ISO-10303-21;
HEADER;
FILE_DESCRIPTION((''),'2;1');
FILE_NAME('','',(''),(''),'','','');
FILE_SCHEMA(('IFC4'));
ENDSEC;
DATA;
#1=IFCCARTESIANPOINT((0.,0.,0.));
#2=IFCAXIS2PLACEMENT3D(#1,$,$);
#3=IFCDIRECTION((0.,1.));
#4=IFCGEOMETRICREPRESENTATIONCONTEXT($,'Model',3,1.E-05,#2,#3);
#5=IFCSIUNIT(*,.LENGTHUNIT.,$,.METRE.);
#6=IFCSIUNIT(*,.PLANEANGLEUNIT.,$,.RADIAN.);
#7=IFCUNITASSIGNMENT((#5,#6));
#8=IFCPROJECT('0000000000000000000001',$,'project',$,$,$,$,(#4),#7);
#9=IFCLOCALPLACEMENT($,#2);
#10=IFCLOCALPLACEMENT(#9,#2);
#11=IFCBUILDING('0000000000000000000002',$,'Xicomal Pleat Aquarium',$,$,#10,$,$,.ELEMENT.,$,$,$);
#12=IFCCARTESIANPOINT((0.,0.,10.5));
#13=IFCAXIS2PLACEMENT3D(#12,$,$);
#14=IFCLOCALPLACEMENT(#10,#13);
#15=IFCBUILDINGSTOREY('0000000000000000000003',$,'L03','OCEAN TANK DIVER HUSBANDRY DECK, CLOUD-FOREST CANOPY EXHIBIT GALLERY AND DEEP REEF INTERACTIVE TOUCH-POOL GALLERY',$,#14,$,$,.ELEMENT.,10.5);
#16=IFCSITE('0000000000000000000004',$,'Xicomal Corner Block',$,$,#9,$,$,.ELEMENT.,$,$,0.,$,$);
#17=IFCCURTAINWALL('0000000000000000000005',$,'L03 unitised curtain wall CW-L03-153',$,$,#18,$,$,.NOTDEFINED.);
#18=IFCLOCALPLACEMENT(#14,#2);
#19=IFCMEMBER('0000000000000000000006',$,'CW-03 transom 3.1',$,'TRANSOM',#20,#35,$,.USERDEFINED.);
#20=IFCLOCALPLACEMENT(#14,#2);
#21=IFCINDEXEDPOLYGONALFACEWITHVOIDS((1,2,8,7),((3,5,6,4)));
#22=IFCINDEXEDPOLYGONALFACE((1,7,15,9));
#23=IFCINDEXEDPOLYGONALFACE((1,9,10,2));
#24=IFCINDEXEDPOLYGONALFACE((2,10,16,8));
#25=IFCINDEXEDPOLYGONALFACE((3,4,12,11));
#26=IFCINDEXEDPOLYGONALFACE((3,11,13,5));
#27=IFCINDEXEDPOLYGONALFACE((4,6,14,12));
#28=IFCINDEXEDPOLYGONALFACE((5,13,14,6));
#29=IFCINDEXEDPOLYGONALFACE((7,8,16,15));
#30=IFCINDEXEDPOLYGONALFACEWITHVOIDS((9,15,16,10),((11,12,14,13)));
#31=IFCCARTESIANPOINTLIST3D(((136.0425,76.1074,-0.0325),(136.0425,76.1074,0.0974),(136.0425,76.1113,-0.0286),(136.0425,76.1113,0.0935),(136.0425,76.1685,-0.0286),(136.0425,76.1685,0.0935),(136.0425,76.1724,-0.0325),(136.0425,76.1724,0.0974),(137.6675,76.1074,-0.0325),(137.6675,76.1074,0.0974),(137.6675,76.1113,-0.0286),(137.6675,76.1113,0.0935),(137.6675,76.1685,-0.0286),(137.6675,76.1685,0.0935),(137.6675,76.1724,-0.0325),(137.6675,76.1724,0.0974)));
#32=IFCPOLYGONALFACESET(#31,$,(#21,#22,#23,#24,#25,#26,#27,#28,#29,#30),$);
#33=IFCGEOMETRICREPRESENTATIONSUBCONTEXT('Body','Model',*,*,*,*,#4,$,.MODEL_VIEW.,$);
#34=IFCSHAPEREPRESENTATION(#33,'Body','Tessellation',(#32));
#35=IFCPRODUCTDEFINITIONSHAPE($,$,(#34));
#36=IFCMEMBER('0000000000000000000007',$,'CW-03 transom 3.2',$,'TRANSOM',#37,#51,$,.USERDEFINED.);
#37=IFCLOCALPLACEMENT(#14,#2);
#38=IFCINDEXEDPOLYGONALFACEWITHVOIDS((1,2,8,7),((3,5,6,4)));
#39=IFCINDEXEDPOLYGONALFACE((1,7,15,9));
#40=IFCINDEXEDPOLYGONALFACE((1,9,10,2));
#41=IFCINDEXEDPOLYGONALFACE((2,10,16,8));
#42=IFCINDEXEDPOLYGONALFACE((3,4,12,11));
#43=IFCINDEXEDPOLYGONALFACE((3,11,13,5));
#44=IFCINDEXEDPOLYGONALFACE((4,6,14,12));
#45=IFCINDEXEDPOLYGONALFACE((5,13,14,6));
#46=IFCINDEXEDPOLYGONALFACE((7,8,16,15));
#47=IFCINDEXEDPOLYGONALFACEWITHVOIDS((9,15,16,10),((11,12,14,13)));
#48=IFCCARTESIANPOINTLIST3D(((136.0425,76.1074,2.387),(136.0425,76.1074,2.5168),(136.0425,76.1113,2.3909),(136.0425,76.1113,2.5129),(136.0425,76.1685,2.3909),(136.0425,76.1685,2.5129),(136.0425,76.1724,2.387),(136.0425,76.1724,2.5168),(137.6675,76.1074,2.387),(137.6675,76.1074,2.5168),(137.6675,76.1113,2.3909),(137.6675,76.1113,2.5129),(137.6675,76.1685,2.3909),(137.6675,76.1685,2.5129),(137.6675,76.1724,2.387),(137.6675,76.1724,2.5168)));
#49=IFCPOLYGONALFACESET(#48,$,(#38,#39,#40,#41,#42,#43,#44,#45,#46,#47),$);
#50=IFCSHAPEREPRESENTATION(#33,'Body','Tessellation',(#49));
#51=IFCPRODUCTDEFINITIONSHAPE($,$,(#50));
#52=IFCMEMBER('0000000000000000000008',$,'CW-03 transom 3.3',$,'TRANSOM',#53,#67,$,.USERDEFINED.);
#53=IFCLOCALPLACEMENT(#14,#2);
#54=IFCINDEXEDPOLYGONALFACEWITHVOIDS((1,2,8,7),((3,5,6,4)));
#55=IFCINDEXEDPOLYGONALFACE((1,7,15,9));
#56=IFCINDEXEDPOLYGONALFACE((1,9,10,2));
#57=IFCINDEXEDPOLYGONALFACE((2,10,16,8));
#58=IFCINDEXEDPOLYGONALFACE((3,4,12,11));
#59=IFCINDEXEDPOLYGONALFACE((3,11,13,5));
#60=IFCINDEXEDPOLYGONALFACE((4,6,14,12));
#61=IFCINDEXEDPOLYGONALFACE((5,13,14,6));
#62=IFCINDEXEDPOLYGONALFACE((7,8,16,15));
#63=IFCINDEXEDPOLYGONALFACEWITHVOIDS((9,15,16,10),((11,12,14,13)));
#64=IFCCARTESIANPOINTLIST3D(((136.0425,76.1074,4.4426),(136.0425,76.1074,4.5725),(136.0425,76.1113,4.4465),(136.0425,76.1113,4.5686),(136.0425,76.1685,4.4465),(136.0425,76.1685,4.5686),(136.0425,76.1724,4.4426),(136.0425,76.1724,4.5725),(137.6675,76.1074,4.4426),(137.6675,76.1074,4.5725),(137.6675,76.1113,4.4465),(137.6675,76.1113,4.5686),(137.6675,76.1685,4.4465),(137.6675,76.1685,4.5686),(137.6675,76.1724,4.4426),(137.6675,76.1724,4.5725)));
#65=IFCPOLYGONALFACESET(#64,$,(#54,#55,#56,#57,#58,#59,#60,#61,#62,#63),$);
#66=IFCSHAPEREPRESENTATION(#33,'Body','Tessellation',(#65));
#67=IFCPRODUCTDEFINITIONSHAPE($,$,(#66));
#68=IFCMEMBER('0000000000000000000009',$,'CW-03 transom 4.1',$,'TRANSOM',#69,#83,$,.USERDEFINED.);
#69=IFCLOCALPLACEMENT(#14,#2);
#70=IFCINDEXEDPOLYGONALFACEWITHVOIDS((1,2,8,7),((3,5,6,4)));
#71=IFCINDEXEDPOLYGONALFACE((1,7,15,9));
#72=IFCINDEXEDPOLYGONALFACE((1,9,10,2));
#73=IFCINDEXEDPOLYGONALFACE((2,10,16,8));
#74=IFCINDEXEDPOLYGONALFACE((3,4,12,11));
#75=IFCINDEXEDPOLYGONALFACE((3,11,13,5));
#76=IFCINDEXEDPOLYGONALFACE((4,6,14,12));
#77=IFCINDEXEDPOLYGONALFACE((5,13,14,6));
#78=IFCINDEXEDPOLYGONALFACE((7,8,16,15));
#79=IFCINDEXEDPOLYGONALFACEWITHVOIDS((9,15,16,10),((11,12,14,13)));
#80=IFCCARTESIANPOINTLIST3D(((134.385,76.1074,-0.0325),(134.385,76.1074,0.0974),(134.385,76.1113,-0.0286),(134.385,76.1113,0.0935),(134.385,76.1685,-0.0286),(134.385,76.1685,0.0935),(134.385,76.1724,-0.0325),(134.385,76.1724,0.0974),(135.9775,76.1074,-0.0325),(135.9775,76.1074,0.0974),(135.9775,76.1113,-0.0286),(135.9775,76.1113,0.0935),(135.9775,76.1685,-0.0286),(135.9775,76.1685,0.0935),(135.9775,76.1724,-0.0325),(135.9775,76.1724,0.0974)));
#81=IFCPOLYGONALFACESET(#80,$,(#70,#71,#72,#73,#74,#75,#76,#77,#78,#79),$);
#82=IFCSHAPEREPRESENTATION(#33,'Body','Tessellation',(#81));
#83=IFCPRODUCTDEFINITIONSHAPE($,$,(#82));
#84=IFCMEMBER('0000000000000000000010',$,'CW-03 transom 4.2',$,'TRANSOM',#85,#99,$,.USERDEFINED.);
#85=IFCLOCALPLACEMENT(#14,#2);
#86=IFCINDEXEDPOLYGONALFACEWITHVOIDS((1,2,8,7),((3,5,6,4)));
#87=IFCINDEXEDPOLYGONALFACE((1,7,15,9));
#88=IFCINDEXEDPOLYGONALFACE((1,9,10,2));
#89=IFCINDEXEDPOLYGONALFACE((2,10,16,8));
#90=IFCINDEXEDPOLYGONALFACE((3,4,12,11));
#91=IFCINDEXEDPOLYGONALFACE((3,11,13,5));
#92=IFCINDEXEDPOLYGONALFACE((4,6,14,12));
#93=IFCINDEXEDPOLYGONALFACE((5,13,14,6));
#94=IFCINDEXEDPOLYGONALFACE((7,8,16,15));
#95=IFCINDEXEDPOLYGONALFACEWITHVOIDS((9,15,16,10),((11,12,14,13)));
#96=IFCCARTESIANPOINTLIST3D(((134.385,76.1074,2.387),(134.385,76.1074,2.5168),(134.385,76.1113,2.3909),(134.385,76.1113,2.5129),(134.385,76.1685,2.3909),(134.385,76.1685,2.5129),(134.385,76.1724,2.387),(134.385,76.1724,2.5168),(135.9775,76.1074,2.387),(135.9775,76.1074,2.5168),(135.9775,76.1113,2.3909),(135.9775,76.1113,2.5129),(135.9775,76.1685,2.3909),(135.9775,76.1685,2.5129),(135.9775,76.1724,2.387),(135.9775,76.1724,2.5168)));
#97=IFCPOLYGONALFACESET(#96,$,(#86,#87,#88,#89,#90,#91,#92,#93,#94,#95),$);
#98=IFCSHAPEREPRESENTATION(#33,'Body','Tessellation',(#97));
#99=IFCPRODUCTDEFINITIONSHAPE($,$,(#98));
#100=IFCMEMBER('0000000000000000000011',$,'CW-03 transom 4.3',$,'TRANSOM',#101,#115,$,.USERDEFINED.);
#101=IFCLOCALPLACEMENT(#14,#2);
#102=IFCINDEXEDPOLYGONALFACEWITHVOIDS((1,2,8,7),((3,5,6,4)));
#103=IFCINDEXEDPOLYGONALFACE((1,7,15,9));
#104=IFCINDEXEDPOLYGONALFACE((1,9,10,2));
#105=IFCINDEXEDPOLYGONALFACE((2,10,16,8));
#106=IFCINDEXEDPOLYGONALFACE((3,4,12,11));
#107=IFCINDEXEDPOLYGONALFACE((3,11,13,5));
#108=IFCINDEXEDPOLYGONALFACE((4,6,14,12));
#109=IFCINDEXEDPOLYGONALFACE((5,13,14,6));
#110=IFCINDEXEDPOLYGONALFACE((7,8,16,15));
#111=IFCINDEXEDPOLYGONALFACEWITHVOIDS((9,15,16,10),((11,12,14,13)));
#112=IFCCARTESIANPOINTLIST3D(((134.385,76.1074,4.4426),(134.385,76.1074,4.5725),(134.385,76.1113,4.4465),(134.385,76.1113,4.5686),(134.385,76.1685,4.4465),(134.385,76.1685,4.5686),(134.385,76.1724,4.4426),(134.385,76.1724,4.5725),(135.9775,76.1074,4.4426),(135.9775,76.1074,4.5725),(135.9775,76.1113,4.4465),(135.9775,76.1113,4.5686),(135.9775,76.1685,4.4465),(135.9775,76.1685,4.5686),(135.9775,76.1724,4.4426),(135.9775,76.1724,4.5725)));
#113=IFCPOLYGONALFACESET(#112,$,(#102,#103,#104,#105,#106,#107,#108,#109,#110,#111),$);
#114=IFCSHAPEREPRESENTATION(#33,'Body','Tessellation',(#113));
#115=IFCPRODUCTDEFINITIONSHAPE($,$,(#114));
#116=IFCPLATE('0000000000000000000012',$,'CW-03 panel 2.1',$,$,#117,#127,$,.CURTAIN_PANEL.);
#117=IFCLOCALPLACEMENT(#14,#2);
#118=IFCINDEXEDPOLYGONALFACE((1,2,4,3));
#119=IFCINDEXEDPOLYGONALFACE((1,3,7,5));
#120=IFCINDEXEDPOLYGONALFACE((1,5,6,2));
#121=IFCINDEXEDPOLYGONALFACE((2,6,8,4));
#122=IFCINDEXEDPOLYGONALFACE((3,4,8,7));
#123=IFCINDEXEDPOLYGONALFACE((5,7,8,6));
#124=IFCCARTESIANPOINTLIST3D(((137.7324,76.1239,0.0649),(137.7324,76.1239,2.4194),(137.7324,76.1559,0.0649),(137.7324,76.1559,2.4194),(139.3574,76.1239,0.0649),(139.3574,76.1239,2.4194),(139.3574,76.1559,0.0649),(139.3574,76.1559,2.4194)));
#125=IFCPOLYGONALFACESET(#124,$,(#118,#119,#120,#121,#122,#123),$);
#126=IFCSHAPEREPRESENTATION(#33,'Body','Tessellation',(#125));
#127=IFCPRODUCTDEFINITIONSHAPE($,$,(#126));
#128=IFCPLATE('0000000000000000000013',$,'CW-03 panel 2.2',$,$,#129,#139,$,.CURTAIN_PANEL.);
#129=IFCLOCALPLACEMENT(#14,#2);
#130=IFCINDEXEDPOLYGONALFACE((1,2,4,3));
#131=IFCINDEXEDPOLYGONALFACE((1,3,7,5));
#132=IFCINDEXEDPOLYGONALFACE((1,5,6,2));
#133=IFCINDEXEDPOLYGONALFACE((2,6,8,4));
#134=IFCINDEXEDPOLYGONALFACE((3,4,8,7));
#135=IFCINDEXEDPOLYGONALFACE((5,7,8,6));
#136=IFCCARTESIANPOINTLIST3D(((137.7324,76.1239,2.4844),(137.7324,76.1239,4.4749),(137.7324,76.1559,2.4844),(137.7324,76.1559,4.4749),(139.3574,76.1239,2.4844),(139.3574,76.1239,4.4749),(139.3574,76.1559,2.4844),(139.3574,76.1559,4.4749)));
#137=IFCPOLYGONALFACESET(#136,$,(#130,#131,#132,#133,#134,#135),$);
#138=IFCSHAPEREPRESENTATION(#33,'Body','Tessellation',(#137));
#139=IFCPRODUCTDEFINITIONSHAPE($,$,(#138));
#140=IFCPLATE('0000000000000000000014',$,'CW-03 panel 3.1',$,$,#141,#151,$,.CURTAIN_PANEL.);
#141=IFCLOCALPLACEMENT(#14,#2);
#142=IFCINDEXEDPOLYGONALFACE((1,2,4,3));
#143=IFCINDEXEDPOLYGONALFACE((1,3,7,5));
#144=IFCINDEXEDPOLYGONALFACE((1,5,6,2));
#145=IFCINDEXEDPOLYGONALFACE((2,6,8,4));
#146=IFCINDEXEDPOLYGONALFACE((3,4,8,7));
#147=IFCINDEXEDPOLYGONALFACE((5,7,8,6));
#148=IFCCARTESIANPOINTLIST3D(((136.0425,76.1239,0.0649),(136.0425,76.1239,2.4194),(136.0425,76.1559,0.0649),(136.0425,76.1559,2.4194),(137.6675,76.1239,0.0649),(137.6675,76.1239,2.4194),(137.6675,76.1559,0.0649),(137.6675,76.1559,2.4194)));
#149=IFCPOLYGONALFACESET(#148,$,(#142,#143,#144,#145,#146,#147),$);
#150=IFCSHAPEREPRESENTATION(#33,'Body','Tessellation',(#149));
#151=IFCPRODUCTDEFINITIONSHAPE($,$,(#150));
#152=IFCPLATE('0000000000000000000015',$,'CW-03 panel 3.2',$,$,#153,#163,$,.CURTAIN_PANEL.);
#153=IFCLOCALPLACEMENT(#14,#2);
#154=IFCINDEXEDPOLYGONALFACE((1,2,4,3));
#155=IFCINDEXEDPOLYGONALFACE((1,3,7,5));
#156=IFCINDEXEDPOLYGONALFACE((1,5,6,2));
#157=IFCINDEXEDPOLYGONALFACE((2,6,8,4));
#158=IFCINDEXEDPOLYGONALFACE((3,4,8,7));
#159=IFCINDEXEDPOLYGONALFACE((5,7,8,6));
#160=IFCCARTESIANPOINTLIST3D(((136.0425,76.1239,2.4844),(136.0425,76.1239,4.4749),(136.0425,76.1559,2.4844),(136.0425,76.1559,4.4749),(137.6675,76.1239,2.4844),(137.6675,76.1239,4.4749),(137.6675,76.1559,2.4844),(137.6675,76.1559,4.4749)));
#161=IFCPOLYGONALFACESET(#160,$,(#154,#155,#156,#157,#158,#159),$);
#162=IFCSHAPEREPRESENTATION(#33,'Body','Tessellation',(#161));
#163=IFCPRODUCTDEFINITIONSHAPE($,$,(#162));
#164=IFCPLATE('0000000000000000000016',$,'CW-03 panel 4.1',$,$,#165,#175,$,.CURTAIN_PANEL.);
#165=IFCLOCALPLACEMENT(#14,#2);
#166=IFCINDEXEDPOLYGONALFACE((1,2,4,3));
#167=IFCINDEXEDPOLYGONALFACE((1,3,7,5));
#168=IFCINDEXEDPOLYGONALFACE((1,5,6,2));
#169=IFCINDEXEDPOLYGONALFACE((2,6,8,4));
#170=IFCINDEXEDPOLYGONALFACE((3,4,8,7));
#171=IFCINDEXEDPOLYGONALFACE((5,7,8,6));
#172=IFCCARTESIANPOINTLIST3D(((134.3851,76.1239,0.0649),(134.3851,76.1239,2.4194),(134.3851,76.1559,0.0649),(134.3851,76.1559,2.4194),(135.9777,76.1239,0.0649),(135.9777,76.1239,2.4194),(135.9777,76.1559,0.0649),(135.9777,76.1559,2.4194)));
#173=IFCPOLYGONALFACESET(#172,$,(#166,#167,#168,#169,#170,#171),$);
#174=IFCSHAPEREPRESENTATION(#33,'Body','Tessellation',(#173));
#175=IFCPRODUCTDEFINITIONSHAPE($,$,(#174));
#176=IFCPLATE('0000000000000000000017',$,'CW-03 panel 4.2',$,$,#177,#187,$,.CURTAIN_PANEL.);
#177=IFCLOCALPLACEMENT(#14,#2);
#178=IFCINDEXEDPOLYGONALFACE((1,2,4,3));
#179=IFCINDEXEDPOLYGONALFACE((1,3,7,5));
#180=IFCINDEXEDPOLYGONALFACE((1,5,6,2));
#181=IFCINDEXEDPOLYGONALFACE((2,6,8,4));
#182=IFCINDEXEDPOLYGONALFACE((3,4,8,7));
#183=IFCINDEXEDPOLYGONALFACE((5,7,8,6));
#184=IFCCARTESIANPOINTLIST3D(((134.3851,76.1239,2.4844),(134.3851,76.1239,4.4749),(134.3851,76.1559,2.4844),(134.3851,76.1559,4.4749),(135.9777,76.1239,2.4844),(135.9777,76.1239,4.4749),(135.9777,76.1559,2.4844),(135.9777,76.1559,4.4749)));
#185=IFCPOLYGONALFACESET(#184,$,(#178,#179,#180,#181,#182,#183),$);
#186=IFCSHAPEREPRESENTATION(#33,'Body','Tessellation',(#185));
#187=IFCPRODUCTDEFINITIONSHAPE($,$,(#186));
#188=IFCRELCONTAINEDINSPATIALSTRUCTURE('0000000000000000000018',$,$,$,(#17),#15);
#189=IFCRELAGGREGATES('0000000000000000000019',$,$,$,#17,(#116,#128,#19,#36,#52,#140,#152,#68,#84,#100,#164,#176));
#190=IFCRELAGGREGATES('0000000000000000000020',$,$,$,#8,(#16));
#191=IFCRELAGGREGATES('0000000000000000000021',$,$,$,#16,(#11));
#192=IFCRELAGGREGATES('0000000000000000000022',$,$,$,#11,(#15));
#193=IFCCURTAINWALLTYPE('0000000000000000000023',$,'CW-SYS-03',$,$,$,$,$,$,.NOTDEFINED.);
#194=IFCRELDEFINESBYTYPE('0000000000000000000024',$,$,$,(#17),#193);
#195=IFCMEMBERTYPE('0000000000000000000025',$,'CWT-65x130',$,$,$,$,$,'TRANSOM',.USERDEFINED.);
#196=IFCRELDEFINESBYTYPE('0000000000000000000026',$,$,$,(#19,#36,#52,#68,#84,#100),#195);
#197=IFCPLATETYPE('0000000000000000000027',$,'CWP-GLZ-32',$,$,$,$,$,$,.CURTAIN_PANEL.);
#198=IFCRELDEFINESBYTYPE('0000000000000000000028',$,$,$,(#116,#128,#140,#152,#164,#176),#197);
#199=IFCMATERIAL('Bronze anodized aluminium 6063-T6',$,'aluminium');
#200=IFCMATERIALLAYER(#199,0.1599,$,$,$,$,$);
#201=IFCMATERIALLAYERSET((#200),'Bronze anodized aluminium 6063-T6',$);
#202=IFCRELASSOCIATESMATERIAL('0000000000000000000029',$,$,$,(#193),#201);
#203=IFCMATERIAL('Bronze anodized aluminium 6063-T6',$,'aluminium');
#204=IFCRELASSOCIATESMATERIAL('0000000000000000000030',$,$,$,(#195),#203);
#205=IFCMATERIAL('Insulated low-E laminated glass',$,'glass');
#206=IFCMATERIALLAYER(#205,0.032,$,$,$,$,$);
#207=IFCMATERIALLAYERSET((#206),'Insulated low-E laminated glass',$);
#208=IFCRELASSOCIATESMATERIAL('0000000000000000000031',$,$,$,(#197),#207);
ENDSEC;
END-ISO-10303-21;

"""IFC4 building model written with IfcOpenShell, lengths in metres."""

from ifc_helpers import new_model, si_unit, direction, frame, origin, origin_2d, place, context, subcontext, project, spatial, rectangle, hollow_rectangle, extrude, material, layer, layer_set, material_profile, profile_set, type_object, element, aggregate, save


model = new_model("IFC4")

# Units and contexts
model_context = context("Model", 3, precision=1e-05, world=origin(), true_north=direction((0.0, 1.0)))
body_context = subcontext(model_context, "Body", "Model", "MODEL_VIEW")
ifc_project = project(units=[si_unit("LENGTHUNIT", "METRE"), si_unit("PLANEANGLEUNIT", "RADIAN")], contexts=[model_context])

# Site, building, storey
site_placement = place(None, origin())
site = spatial("IfcSite", under=ifc_project, at=site_placement, Name="Xicomal Corner Block", CompositionType="ELEMENT", RefElevation=0.0)
building_placement = place(site_placement, origin())
building = spatial("IfcBuilding", under=site, at=building_placement, Name="Xicomal Pleat Aquarium", CompositionType="ELEMENT")
storey_placement = place(building_placement, frame((0.0, 0.0, 10.5)))
storey = spatial("IfcBuildingStorey", under=building, at=storey_placement, Name="L03", Description="OCEAN TANK DIVER HUSBANDRY DECK, CLOUD-FOREST CANOPY EXHIBIT GALLERY AND DEEP REEF INTERACTIVE TOUCH-POOL GALLERY", CompositionType="ELEMENT", Elevation=10.5)

# Curtain wall
ifc_material_1 = material(Name="Bronze anodized aluminium 6063-T6", Category="aluminium")
ifc_layer_1 = layer(ifc_material_1, 0.1599)
ifc_layer_set_1 = layer_set([ifc_layer_1], Name="Bronze anodized aluminium 6063-T6")
curtain_wall_type_1 = type_object("IfcCurtainWallType", Name="CW-SYS-03", PredefinedType="NOTDEFINED", material=ifc_layer_set_1)
curtain_wall_1_placement = place(storey_placement, origin())
curtain_wall_1 = element("IfcCurtainWall", 1, at=curtain_wall_1_placement, inside=storey, type_object=curtain_wall_type_1, Name="L03 unitised curtain wall CW-L03-153", PredefinedType="NOTDEFINED")

# Members
ifc_material_2 = material(Name="Bronze anodized aluminium 6063-T6", Category="aluminium")
ifc_material_profile_1 = material_profile(ifc_material_2, hollow_rectangle(XDim=0.0649, YDim=0.1299, WallThickness=0.0039, at=origin_2d()), Name="ALU TRAN 65x130")
ifc_profile_set_1 = profile_set([ifc_material_profile_1], Name="Bronze anodized aluminium 6063-T6")
member_type_1 = type_object("IfcMemberType", Name="CWT-65x130", ElementType="TRANSOM", PredefinedType="USERDEFINED", material=ifc_profile_set_1)
member_1_placement = place(storey_placement, frame((137.6675, 76.1399, 0.0325), z_axis=(-1.0, 0.0, 0.0), x_axis=(0.0, -1.0, 0.0)))
member_1 = element("IfcMember", 2, at=member_1_placement, type_object=member_type_1, Name="CW-03 transom 3.1", ObjectType="TRANSOM", PredefinedType="USERDEFINED", context=body_context, shape_type="SweptSolid", body=[
    extrude(hollow_rectangle(XDim=0.0649, YDim=0.1299, WallThickness=0.0039, at=origin_2d()), origin(), (0.0, 0.0, 1.0), 1.625),
])
member_2_placement = place(storey_placement, frame((137.6675, 76.1399, 2.4519), z_axis=(-1.0, 0.0, 0.0), x_axis=(0.0, -1.0, 0.0)))
member_2 = element("IfcMember", 3, at=member_2_placement, type_object=member_type_1, Name="CW-03 transom 3.2", ObjectType="TRANSOM", PredefinedType="USERDEFINED", context=body_context, shape_type="SweptSolid", body=[
    extrude(hollow_rectangle(XDim=0.0649, YDim=0.1299, WallThickness=0.0039, at=origin_2d()), origin(), (0.0, 0.0, 1.0), 1.625),
])
member_3_placement = place(storey_placement, frame((137.6675, 76.1399, 4.5076), z_axis=(-1.0, 0.0, 0.0), x_axis=(0.0, -1.0, 0.0)))
member_3 = element("IfcMember", 4, at=member_3_placement, type_object=member_type_1, Name="CW-03 transom 3.3", ObjectType="TRANSOM", PredefinedType="USERDEFINED", context=body_context, shape_type="SweptSolid", body=[
    extrude(hollow_rectangle(XDim=0.0649, YDim=0.1299, WallThickness=0.0039, at=origin_2d()), origin(), (0.0, 0.0, 1.0), 1.625),
])
member_4_placement = place(storey_placement, frame((135.9775, 76.1399, 0.0325), z_axis=(-1.0, 0.0, 0.0), x_axis=(0.0, -1.0, 0.0)))
member_4 = element("IfcMember", 5, at=member_4_placement, type_object=member_type_1, Name="CW-03 transom 4.1", ObjectType="TRANSOM", PredefinedType="USERDEFINED", context=body_context, shape_type="SweptSolid", body=[
    extrude(hollow_rectangle(XDim=0.0649, YDim=0.1299, WallThickness=0.0039, at=origin_2d()), origin(), (0.0, 0.0, 1.0), 1.5925),
])
member_5_placement = place(storey_placement, frame((135.9775, 76.1399, 2.4519), z_axis=(-1.0, 0.0, 0.0), x_axis=(0.0, -1.0, 0.0)))
member_5 = element("IfcMember", 6, at=member_5_placement, type_object=member_type_1, Name="CW-03 transom 4.2", ObjectType="TRANSOM", PredefinedType="USERDEFINED", context=body_context, shape_type="SweptSolid", body=[
    extrude(hollow_rectangle(XDim=0.0649, YDim=0.1299, WallThickness=0.0039, at=origin_2d()), origin(), (0.0, 0.0, 1.0), 1.5925),
])
member_6_placement = place(storey_placement, frame((135.9775, 76.1399, 4.5076), z_axis=(-1.0, 0.0, 0.0), x_axis=(0.0, -1.0, 0.0)))
member_6 = element("IfcMember", 7, at=member_6_placement, type_object=member_type_1, Name="CW-03 transom 4.3", ObjectType="TRANSOM", PredefinedType="USERDEFINED", context=body_context, shape_type="SweptSolid", body=[
    extrude(hollow_rectangle(XDim=0.0649, YDim=0.1299, WallThickness=0.0039, at=origin_2d()), origin(), (0.0, 0.0, 1.0), 1.5925),
])

# Plates
ifc_material_3 = material(Name="Insulated low-E laminated glass", Category="glass")
ifc_layer_2 = layer(ifc_material_3, 0.032)
ifc_layer_set_2 = layer_set([ifc_layer_2], Name="Insulated low-E laminated glass")
plate_type = type_object("IfcPlateType", Name="CWP-GLZ-32", PredefinedType="CURTAIN_PANEL", material=ifc_layer_set_2)
plate_1_placement = place(storey_placement, frame((138.5449, 76.1399, 0.0649), z_axis=(0.0, 0.0, 1.0), x_axis=(-1.0, 0.0, 0.0)))
plate_1 = element("IfcPlate", 8, at=plate_1_placement, type_object=plate_type, Name="CW-03 panel 2.1", PredefinedType="CURTAIN_PANEL", context=body_context, shape_type="SweptSolid", body=[
    extrude(rectangle(XDim=1.625, YDim=0.032, at=origin_2d()), origin(), (0.0, 0.0, 1.0), 2.3545),
])
plate_2_placement = place(storey_placement, frame((138.5449, 76.1399, 2.4844), z_axis=(0.0, 0.0, 1.0), x_axis=(-1.0, 0.0, 0.0)))
plate_2 = element("IfcPlate", 9, at=plate_2_placement, type_object=plate_type, Name="CW-03 panel 2.2", PredefinedType="CURTAIN_PANEL", context=body_context, shape_type="SweptSolid", body=[
    extrude(rectangle(XDim=1.625, YDim=0.032, at=origin_2d()), origin(), (0.0, 0.0, 1.0), 1.9905),
])
plate_3_placement = place(storey_placement, frame((136.855, 76.1399, 0.0649), z_axis=(0.0, 0.0, 1.0), x_axis=(-1.0, 0.0, 0.0)))
plate_3 = element("IfcPlate", 10, at=plate_3_placement, type_object=plate_type, Name="CW-03 panel 3.1", PredefinedType="CURTAIN_PANEL", context=body_context, shape_type="SweptSolid", body=[
    extrude(rectangle(XDim=1.625, YDim=0.032, at=origin_2d()), origin(), (0.0, 0.0, 1.0), 2.3545),
])
plate_4_placement = place(storey_placement, frame((136.855, 76.1399, 2.4844), z_axis=(0.0, 0.0, 1.0), x_axis=(-1.0, 0.0, 0.0)))
plate_4 = element("IfcPlate", 11, at=plate_4_placement, type_object=plate_type, Name="CW-03 panel 3.2", PredefinedType="CURTAIN_PANEL", context=body_context, shape_type="SweptSolid", body=[
    extrude(rectangle(XDim=1.625, YDim=0.032, at=origin_2d()), origin(), (0.0, 0.0, 1.0), 1.9905),
])
plate_5_placement = place(storey_placement, frame((135.1814, 76.1399, 0.0649), z_axis=(0.0, 0.0, 1.0), x_axis=(-1.0, 0.0, 0.0)))
plate_5 = element("IfcPlate", 12, at=plate_5_placement, type_object=plate_type, Name="CW-03 panel 4.1", PredefinedType="CURTAIN_PANEL", context=body_context, shape_type="SweptSolid", body=[
    extrude(rectangle(XDim=1.5925, YDim=0.032, at=origin_2d()), origin(), (0.0, 0.0, 1.0), 2.3545),
])
plate_6_placement = place(storey_placement, frame((135.1814, 76.1399, 2.4844), z_axis=(0.0, 0.0, 1.0), x_axis=(-1.0, 0.0, 0.0)))
plate_6 = element("IfcPlate", 13, at=plate_6_placement, type_object=plate_type, Name="CW-03 panel 4.2", PredefinedType="CURTAIN_PANEL", context=body_context, shape_type="SweptSolid", body=[
    extrude(rectangle(XDim=1.5925, YDim=0.032, at=origin_2d()), origin(), (0.0, 0.0, 1.0), 1.9905),
])
aggregate(curtain_wall_1, [plate_1, plate_2, member_1, member_2, member_3, plate_3, plate_4, member_4, member_5, member_6, plate_5, plate_6])

save(model, "model.ifc")
